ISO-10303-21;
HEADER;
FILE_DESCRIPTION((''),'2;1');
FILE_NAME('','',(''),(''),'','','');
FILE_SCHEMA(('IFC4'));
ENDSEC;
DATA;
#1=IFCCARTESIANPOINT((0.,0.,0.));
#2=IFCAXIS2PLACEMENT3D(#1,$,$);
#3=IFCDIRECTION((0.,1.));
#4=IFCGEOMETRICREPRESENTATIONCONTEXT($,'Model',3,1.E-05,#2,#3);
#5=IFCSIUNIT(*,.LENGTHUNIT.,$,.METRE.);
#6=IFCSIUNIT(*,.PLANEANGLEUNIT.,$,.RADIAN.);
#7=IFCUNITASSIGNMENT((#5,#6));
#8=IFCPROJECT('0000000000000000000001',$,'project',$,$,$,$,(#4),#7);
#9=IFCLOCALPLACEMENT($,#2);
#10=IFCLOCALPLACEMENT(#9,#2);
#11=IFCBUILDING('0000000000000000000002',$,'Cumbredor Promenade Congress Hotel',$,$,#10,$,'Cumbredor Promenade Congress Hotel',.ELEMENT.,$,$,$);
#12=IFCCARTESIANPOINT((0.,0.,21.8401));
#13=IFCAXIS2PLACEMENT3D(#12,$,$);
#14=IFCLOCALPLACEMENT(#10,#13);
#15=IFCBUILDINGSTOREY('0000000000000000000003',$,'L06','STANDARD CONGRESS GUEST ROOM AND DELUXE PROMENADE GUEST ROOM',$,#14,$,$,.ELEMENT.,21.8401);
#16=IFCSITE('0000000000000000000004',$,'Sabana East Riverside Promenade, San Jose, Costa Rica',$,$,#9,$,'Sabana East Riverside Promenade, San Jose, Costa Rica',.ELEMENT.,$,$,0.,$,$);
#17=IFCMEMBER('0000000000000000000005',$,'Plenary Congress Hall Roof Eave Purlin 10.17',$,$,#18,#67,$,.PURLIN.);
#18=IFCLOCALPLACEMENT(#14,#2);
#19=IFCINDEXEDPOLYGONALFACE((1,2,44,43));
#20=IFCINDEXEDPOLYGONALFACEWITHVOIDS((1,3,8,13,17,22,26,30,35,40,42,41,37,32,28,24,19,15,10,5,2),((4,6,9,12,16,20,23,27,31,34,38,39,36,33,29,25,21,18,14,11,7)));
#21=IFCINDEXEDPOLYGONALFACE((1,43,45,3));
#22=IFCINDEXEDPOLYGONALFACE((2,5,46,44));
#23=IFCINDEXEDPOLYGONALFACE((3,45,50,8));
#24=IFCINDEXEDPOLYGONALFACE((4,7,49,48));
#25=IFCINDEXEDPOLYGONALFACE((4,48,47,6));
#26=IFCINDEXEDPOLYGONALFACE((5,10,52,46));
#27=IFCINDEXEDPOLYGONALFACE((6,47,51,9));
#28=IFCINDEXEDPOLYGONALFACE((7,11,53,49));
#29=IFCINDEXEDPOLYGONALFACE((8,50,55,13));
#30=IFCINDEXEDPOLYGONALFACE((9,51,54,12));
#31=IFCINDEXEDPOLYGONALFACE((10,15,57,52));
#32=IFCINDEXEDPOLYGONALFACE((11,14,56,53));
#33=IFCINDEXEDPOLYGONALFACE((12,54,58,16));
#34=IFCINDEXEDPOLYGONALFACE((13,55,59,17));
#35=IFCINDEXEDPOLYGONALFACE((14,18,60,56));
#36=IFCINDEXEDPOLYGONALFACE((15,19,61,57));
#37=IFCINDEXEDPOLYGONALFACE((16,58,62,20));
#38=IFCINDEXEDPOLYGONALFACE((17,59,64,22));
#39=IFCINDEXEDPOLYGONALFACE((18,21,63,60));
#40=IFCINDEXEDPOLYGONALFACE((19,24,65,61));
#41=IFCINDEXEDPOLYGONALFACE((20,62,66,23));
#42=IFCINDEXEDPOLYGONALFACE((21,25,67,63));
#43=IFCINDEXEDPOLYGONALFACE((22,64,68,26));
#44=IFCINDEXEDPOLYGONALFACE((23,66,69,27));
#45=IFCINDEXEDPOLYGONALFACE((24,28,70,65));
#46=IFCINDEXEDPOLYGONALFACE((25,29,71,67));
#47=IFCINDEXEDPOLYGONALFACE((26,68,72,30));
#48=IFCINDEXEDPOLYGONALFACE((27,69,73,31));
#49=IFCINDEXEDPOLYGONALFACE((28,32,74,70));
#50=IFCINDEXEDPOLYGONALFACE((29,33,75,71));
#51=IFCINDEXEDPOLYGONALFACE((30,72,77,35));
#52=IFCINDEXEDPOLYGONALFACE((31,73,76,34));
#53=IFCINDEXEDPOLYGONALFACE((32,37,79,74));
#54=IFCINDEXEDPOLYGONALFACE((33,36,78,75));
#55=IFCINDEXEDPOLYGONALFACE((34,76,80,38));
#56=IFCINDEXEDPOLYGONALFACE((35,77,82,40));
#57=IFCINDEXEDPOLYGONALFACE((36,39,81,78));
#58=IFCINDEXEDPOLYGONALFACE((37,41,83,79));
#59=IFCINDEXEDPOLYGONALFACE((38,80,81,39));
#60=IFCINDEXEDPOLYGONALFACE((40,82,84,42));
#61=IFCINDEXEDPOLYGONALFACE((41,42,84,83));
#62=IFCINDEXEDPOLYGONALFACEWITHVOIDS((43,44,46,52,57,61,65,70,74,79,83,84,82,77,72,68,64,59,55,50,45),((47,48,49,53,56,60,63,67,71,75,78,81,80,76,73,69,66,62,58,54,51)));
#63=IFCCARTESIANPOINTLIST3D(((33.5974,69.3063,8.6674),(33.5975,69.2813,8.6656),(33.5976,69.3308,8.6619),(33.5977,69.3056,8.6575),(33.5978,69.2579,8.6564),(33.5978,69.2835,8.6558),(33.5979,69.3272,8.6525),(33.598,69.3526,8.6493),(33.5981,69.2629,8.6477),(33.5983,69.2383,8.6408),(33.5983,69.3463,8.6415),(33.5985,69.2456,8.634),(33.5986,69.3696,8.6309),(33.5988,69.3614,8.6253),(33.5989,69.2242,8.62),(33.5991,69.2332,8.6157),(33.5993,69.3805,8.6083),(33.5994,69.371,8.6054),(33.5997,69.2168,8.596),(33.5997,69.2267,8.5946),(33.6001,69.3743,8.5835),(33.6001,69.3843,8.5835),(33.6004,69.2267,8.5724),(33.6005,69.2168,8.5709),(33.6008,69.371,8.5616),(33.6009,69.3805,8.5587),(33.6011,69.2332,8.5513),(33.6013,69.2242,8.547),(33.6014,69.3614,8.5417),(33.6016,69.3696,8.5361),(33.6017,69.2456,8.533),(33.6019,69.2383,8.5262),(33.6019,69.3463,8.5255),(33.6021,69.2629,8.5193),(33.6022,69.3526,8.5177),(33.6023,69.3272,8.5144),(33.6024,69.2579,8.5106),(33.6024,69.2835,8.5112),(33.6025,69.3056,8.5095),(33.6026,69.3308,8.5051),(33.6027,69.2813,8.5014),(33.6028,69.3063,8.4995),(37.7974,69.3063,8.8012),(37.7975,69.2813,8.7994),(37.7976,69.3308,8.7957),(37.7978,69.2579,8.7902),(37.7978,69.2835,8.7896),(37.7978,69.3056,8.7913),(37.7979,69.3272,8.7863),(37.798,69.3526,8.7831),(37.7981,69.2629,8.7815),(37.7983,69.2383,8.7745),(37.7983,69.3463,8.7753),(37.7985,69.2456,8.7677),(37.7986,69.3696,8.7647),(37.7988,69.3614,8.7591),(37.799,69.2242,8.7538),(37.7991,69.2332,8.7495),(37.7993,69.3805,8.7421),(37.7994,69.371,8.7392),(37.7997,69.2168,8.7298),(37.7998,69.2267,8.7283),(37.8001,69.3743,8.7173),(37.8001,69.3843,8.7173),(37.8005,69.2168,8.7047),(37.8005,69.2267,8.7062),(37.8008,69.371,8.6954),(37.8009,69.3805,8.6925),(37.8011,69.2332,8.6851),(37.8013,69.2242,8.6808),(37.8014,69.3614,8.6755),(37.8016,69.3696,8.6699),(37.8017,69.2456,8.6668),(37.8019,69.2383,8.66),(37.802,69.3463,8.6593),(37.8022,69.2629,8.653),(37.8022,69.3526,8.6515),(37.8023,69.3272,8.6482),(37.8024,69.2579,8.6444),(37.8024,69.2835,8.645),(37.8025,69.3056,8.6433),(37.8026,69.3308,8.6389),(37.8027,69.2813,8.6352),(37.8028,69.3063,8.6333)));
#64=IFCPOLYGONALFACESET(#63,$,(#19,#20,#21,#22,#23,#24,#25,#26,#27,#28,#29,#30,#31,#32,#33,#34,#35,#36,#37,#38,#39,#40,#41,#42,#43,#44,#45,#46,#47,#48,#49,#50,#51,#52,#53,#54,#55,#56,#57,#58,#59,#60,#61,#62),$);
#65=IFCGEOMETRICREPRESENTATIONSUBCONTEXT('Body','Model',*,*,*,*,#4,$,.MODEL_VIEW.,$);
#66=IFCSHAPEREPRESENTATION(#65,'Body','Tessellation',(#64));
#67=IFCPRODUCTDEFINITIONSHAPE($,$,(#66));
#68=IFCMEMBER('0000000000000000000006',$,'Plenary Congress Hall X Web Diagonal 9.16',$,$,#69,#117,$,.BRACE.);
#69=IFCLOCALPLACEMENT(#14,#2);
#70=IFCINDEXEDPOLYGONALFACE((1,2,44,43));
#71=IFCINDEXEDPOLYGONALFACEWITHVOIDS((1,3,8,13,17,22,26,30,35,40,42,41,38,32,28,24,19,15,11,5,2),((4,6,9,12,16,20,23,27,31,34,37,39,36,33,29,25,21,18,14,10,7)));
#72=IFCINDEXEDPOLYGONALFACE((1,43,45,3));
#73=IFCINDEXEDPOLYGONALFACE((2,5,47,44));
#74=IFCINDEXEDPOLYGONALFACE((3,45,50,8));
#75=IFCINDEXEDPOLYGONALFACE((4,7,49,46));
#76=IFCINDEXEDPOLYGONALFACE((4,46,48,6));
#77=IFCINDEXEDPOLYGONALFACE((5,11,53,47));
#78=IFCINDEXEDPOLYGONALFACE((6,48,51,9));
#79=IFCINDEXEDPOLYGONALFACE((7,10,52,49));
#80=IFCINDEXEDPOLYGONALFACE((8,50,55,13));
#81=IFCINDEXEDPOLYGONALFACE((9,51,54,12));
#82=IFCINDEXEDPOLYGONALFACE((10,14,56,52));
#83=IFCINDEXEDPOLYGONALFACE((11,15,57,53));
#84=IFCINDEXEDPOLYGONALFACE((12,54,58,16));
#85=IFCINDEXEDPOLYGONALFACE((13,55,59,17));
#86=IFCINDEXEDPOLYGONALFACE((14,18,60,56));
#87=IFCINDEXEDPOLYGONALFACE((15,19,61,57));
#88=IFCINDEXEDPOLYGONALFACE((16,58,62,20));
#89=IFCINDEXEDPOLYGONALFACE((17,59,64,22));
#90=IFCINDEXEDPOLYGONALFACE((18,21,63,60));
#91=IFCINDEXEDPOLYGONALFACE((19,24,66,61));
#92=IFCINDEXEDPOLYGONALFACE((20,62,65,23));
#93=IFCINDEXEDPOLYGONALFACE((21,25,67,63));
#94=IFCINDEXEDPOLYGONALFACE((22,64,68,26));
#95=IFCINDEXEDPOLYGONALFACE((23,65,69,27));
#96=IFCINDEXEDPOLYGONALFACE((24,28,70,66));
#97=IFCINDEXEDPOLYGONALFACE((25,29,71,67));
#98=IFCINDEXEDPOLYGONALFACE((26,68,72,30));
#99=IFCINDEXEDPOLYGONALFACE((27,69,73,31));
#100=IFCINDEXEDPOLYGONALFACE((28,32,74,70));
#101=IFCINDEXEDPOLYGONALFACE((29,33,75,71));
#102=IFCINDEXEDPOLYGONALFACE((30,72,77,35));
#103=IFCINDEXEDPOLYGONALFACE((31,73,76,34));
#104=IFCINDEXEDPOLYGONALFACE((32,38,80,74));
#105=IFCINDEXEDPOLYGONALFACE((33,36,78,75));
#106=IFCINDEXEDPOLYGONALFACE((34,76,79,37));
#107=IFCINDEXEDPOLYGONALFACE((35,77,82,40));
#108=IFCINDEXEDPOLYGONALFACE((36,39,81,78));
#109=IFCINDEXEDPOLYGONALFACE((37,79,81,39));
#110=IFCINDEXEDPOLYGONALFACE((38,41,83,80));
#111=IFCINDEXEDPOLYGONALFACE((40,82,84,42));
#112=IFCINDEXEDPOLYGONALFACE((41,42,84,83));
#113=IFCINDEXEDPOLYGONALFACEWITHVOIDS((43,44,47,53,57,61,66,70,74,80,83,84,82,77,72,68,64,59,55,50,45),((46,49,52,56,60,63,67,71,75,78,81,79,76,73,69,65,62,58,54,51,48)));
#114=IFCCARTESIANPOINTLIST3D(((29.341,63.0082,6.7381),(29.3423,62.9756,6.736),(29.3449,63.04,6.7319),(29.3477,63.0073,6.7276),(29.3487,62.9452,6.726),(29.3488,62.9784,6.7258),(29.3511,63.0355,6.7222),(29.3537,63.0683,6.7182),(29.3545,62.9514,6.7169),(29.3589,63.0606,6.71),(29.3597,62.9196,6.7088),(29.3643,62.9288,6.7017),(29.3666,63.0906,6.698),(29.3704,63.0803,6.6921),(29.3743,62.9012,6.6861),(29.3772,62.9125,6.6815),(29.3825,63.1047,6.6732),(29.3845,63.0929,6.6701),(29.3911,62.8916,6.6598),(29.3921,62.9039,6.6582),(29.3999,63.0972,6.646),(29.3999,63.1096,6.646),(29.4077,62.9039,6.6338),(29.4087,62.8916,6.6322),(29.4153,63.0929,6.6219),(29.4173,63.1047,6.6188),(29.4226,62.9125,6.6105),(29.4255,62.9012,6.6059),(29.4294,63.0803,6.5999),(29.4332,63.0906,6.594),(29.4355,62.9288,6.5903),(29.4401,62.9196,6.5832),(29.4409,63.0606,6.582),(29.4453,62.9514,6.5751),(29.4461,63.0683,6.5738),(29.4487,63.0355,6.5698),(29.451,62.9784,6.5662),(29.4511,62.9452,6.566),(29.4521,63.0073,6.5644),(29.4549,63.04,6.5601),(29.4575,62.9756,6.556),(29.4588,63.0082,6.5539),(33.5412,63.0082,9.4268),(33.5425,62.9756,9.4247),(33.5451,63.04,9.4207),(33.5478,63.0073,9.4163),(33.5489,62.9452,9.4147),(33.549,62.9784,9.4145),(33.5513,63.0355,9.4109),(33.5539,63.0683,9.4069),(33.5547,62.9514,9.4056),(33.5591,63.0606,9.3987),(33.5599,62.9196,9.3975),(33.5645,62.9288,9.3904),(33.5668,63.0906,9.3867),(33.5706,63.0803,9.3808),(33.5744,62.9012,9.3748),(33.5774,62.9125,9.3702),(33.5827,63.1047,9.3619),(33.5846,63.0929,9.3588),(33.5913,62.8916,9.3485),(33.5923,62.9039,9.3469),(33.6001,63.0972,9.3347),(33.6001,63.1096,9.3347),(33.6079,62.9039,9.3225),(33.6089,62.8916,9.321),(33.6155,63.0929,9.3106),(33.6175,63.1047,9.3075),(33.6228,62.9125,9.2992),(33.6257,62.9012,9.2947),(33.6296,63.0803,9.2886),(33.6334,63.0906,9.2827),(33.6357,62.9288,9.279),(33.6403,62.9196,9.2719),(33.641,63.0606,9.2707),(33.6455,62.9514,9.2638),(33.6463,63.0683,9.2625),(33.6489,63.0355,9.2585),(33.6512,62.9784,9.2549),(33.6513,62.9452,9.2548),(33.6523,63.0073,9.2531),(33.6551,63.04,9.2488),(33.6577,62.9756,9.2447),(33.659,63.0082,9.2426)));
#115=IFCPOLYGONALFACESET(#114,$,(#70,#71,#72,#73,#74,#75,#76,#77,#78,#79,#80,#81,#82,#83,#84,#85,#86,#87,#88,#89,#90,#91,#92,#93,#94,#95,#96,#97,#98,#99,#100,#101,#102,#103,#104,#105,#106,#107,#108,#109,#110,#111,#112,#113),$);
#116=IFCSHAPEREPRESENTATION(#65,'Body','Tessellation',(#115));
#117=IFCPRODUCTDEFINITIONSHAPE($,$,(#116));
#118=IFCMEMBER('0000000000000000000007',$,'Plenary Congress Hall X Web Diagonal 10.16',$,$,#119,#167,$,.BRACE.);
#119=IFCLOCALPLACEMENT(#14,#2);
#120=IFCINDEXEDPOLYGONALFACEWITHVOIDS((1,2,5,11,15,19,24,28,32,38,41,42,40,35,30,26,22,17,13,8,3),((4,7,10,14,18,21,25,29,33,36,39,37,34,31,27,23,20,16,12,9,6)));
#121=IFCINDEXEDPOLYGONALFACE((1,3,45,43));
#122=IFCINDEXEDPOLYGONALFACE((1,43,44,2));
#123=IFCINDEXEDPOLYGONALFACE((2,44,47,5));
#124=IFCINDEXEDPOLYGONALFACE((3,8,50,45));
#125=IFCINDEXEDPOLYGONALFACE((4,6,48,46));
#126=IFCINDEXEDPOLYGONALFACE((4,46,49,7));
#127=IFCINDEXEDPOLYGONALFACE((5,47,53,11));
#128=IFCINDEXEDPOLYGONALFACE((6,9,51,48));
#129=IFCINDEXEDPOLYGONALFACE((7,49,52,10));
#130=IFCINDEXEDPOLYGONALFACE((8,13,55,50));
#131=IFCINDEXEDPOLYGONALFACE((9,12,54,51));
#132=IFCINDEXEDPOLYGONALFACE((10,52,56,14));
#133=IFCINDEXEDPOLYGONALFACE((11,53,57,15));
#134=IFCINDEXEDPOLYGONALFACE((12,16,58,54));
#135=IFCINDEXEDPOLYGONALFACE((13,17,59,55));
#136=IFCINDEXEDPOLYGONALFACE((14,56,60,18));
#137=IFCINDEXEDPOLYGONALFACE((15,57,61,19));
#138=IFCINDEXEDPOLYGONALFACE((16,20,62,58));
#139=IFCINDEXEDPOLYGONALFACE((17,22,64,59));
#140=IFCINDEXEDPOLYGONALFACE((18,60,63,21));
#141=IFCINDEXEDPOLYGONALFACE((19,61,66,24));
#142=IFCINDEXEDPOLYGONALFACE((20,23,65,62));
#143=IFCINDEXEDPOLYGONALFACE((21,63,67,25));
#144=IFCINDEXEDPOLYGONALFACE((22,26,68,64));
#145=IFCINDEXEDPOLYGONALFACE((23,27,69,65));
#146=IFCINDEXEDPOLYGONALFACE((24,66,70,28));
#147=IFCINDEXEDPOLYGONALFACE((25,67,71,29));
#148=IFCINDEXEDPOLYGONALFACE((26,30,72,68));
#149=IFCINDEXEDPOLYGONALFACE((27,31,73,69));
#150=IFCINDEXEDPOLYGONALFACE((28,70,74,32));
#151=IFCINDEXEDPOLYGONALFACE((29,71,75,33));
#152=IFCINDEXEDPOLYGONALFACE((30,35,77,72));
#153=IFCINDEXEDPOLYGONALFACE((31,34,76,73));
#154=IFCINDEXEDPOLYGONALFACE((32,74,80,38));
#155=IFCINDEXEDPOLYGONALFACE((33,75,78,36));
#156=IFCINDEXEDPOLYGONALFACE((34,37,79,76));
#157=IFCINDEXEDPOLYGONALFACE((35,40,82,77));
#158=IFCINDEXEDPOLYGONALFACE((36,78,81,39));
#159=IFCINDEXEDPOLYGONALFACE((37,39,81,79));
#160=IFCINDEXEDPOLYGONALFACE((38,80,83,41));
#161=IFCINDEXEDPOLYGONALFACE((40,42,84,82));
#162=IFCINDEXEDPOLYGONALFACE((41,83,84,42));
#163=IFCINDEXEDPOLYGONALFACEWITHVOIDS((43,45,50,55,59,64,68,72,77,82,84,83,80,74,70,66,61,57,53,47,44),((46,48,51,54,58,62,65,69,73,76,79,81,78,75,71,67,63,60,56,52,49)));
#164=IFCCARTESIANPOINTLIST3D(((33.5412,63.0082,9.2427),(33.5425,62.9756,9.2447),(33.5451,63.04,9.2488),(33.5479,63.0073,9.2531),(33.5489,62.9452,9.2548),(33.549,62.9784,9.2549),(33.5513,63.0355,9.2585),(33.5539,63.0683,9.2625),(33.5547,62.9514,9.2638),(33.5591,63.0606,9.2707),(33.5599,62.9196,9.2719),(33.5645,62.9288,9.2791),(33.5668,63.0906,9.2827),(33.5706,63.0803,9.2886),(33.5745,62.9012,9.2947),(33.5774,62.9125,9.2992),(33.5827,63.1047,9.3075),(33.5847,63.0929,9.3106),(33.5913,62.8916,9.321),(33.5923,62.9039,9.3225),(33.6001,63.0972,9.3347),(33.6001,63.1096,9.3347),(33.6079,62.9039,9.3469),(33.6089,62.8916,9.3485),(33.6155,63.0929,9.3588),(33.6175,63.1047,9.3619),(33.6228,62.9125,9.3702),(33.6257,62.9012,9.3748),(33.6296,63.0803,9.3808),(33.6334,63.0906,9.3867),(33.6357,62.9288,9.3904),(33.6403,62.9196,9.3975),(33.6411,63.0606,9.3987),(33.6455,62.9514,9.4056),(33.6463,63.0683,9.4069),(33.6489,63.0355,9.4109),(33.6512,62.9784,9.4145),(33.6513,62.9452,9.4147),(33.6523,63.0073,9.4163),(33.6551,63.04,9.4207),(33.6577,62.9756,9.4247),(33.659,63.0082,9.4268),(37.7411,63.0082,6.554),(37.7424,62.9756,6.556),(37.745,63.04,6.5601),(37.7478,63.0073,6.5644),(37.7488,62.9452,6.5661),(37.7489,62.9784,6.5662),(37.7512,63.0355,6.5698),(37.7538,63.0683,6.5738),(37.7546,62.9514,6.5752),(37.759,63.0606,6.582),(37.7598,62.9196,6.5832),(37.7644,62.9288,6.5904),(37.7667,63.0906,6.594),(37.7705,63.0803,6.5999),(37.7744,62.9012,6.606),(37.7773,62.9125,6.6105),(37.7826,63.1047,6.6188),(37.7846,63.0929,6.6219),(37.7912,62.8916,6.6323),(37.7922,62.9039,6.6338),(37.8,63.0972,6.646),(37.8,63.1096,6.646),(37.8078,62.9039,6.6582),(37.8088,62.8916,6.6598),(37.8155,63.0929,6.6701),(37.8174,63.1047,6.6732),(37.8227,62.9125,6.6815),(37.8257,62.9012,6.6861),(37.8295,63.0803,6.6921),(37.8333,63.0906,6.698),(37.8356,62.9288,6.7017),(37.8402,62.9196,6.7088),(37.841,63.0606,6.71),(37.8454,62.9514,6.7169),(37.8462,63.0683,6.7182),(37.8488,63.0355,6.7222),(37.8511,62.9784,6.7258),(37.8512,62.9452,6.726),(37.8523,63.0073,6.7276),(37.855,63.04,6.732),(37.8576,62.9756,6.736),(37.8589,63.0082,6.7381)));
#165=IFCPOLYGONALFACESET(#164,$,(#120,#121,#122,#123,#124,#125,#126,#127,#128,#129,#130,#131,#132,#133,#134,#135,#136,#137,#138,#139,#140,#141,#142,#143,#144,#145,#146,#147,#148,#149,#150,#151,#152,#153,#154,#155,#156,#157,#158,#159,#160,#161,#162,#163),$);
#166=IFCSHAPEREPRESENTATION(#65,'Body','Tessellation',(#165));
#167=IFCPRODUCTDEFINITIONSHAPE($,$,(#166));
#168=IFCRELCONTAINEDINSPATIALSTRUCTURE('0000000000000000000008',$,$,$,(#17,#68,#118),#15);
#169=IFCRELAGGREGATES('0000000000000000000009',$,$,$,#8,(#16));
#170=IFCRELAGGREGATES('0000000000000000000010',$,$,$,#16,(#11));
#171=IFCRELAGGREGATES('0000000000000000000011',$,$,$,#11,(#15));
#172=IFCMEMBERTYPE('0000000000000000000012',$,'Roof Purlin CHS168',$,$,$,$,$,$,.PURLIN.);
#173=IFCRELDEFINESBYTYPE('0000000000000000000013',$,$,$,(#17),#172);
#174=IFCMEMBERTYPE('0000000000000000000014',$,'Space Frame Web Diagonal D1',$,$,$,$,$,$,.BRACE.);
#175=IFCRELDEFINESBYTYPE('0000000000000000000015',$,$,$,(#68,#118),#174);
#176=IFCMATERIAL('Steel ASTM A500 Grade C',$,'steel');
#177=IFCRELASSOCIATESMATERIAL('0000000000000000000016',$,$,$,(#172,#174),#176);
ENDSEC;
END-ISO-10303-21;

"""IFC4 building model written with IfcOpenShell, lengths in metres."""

from ifc_helpers import new_model, si_unit, direction, frame, origin, origin_2d, place, context, subcontext, project, spatial, hollow_circle, extrude, material, material_profile, profile_set, type_object, element, save


model = new_model("IFC4")

# Units and contexts
model_context = context("Model", 3, precision=1e-05, world=origin(), true_north=direction((0.0, 1.0)))
body_context = subcontext(model_context, "Body", "Model", "MODEL_VIEW")
ifc_project = project(units=[si_unit("LENGTHUNIT", "METRE"), si_unit("PLANEANGLEUNIT", "RADIAN")], contexts=[model_context])

# Site, building, storey
site_placement = place(None, origin())
site = spatial("IfcSite", under=ifc_project, at=site_placement, Name="Sabana East Riverside Promenade, San Jose, Costa Rica", LongName="Sabana East Riverside Promenade, San Jose, Costa Rica", CompositionType="ELEMENT", RefElevation=0.0)
building_placement = place(site_placement, origin())
building = spatial("IfcBuilding", under=site, at=building_placement, Name="Cumbredor Promenade Congress Hotel", LongName="Cumbredor Promenade Congress Hotel", CompositionType="ELEMENT")
storey_placement = place(building_placement, frame((0.0, 0.0, 21.8401)))
storey = spatial("IfcBuildingStorey", under=building, at=storey_placement, Name="L06", Description="STANDARD CONGRESS GUEST ROOM AND DELUXE PROMENADE GUEST ROOM", CompositionType="ELEMENT", Elevation=21.8401)

# Members
ifc_material_1 = material(Name="Steel ASTM A500 Grade C", Category="steel")
ifc_material_profile_1 = material_profile(ifc_material_1, hollow_circle(Radius=0.0842, WallThickness=0.01, at=origin_2d()), Name="CHS 168.3x10")
ifc_profile_set_1 = profile_set([ifc_material_profile_1], Name="Steel ASTM A500 Grade C")
member_type_1 = type_object("IfcMemberType", Name="Roof Purlin CHS168", PredefinedType="PURLIN", material=ifc_profile_set_1)
member_1_placement = place(storey_placement, frame((33.6001, 69.3, 8.5835), z_axis=(0.999493, 0.0, 0.031839), x_axis=(0.0, 1.0, 0.0)))
element("IfcMember", 1, at=member_1_placement, inside=storey, type_object=member_type_1, Name="Plenary Congress Hall Roof Eave Purlin 10.17", PredefinedType="PURLIN", context=body_context, shape_type="SweptSolid", body=[
    extrude(hollow_circle(Radius=0.0842, WallThickness=0.01, at=origin_2d()), origin(), (0.0, 0.0, 1.0), 4.2021),
])
ifc_material_profile_2 = material_profile(ifc_material_1, hollow_circle(Radius=0.1096, WallThickness=0.0125, at=origin_2d()), Name="CHS 219.1x12.5")
ifc_profile_set_2 = profile_set([ifc_material_profile_2], Name="Steel ASTM A500 Grade C")
member_type_2 = type_object("IfcMemberType", Name="Space Frame Web Diagonal D1", PredefinedType="BRACE", material=ifc_profile_set_2)
member_2_placement = place(storey_placement, frame((29.3999, 63.0, 6.646), z_axis=(0.842217, 0.0, 0.539138), x_axis=(0.0, 1.0, 0.0)))
element("IfcMember", 2, at=member_2_placement, inside=storey, type_object=member_type_2, Name="Plenary Congress Hall X Web Diagonal 9.16", PredefinedType="BRACE", context=body_context, shape_type="SweptSolid", body=[
    extrude(hollow_circle(Radius=0.1096, WallThickness=0.0125, at=origin_2d()), origin(), (0.0, 0.0, 1.0), 4.9871),
])
member_3_placement = place(storey_placement, frame((33.6001, 63.0, 9.3347), z_axis=(0.842203, 0.0, -0.539161), x_axis=(0.0, 1.0, 0.0)))
element("IfcMember", 3, at=member_3_placement, inside=storey, type_object=member_type_2, Name="Plenary Congress Hall X Web Diagonal 10.16", PredefinedType="BRACE", context=body_context, shape_type="SweptSolid", body=[
    extrude(hollow_circle(Radius=0.1096, WallThickness=0.0125, at=origin_2d()), origin(), (0.0, 0.0, 1.0), 4.9868),
])

save(model, "model.ifc")
